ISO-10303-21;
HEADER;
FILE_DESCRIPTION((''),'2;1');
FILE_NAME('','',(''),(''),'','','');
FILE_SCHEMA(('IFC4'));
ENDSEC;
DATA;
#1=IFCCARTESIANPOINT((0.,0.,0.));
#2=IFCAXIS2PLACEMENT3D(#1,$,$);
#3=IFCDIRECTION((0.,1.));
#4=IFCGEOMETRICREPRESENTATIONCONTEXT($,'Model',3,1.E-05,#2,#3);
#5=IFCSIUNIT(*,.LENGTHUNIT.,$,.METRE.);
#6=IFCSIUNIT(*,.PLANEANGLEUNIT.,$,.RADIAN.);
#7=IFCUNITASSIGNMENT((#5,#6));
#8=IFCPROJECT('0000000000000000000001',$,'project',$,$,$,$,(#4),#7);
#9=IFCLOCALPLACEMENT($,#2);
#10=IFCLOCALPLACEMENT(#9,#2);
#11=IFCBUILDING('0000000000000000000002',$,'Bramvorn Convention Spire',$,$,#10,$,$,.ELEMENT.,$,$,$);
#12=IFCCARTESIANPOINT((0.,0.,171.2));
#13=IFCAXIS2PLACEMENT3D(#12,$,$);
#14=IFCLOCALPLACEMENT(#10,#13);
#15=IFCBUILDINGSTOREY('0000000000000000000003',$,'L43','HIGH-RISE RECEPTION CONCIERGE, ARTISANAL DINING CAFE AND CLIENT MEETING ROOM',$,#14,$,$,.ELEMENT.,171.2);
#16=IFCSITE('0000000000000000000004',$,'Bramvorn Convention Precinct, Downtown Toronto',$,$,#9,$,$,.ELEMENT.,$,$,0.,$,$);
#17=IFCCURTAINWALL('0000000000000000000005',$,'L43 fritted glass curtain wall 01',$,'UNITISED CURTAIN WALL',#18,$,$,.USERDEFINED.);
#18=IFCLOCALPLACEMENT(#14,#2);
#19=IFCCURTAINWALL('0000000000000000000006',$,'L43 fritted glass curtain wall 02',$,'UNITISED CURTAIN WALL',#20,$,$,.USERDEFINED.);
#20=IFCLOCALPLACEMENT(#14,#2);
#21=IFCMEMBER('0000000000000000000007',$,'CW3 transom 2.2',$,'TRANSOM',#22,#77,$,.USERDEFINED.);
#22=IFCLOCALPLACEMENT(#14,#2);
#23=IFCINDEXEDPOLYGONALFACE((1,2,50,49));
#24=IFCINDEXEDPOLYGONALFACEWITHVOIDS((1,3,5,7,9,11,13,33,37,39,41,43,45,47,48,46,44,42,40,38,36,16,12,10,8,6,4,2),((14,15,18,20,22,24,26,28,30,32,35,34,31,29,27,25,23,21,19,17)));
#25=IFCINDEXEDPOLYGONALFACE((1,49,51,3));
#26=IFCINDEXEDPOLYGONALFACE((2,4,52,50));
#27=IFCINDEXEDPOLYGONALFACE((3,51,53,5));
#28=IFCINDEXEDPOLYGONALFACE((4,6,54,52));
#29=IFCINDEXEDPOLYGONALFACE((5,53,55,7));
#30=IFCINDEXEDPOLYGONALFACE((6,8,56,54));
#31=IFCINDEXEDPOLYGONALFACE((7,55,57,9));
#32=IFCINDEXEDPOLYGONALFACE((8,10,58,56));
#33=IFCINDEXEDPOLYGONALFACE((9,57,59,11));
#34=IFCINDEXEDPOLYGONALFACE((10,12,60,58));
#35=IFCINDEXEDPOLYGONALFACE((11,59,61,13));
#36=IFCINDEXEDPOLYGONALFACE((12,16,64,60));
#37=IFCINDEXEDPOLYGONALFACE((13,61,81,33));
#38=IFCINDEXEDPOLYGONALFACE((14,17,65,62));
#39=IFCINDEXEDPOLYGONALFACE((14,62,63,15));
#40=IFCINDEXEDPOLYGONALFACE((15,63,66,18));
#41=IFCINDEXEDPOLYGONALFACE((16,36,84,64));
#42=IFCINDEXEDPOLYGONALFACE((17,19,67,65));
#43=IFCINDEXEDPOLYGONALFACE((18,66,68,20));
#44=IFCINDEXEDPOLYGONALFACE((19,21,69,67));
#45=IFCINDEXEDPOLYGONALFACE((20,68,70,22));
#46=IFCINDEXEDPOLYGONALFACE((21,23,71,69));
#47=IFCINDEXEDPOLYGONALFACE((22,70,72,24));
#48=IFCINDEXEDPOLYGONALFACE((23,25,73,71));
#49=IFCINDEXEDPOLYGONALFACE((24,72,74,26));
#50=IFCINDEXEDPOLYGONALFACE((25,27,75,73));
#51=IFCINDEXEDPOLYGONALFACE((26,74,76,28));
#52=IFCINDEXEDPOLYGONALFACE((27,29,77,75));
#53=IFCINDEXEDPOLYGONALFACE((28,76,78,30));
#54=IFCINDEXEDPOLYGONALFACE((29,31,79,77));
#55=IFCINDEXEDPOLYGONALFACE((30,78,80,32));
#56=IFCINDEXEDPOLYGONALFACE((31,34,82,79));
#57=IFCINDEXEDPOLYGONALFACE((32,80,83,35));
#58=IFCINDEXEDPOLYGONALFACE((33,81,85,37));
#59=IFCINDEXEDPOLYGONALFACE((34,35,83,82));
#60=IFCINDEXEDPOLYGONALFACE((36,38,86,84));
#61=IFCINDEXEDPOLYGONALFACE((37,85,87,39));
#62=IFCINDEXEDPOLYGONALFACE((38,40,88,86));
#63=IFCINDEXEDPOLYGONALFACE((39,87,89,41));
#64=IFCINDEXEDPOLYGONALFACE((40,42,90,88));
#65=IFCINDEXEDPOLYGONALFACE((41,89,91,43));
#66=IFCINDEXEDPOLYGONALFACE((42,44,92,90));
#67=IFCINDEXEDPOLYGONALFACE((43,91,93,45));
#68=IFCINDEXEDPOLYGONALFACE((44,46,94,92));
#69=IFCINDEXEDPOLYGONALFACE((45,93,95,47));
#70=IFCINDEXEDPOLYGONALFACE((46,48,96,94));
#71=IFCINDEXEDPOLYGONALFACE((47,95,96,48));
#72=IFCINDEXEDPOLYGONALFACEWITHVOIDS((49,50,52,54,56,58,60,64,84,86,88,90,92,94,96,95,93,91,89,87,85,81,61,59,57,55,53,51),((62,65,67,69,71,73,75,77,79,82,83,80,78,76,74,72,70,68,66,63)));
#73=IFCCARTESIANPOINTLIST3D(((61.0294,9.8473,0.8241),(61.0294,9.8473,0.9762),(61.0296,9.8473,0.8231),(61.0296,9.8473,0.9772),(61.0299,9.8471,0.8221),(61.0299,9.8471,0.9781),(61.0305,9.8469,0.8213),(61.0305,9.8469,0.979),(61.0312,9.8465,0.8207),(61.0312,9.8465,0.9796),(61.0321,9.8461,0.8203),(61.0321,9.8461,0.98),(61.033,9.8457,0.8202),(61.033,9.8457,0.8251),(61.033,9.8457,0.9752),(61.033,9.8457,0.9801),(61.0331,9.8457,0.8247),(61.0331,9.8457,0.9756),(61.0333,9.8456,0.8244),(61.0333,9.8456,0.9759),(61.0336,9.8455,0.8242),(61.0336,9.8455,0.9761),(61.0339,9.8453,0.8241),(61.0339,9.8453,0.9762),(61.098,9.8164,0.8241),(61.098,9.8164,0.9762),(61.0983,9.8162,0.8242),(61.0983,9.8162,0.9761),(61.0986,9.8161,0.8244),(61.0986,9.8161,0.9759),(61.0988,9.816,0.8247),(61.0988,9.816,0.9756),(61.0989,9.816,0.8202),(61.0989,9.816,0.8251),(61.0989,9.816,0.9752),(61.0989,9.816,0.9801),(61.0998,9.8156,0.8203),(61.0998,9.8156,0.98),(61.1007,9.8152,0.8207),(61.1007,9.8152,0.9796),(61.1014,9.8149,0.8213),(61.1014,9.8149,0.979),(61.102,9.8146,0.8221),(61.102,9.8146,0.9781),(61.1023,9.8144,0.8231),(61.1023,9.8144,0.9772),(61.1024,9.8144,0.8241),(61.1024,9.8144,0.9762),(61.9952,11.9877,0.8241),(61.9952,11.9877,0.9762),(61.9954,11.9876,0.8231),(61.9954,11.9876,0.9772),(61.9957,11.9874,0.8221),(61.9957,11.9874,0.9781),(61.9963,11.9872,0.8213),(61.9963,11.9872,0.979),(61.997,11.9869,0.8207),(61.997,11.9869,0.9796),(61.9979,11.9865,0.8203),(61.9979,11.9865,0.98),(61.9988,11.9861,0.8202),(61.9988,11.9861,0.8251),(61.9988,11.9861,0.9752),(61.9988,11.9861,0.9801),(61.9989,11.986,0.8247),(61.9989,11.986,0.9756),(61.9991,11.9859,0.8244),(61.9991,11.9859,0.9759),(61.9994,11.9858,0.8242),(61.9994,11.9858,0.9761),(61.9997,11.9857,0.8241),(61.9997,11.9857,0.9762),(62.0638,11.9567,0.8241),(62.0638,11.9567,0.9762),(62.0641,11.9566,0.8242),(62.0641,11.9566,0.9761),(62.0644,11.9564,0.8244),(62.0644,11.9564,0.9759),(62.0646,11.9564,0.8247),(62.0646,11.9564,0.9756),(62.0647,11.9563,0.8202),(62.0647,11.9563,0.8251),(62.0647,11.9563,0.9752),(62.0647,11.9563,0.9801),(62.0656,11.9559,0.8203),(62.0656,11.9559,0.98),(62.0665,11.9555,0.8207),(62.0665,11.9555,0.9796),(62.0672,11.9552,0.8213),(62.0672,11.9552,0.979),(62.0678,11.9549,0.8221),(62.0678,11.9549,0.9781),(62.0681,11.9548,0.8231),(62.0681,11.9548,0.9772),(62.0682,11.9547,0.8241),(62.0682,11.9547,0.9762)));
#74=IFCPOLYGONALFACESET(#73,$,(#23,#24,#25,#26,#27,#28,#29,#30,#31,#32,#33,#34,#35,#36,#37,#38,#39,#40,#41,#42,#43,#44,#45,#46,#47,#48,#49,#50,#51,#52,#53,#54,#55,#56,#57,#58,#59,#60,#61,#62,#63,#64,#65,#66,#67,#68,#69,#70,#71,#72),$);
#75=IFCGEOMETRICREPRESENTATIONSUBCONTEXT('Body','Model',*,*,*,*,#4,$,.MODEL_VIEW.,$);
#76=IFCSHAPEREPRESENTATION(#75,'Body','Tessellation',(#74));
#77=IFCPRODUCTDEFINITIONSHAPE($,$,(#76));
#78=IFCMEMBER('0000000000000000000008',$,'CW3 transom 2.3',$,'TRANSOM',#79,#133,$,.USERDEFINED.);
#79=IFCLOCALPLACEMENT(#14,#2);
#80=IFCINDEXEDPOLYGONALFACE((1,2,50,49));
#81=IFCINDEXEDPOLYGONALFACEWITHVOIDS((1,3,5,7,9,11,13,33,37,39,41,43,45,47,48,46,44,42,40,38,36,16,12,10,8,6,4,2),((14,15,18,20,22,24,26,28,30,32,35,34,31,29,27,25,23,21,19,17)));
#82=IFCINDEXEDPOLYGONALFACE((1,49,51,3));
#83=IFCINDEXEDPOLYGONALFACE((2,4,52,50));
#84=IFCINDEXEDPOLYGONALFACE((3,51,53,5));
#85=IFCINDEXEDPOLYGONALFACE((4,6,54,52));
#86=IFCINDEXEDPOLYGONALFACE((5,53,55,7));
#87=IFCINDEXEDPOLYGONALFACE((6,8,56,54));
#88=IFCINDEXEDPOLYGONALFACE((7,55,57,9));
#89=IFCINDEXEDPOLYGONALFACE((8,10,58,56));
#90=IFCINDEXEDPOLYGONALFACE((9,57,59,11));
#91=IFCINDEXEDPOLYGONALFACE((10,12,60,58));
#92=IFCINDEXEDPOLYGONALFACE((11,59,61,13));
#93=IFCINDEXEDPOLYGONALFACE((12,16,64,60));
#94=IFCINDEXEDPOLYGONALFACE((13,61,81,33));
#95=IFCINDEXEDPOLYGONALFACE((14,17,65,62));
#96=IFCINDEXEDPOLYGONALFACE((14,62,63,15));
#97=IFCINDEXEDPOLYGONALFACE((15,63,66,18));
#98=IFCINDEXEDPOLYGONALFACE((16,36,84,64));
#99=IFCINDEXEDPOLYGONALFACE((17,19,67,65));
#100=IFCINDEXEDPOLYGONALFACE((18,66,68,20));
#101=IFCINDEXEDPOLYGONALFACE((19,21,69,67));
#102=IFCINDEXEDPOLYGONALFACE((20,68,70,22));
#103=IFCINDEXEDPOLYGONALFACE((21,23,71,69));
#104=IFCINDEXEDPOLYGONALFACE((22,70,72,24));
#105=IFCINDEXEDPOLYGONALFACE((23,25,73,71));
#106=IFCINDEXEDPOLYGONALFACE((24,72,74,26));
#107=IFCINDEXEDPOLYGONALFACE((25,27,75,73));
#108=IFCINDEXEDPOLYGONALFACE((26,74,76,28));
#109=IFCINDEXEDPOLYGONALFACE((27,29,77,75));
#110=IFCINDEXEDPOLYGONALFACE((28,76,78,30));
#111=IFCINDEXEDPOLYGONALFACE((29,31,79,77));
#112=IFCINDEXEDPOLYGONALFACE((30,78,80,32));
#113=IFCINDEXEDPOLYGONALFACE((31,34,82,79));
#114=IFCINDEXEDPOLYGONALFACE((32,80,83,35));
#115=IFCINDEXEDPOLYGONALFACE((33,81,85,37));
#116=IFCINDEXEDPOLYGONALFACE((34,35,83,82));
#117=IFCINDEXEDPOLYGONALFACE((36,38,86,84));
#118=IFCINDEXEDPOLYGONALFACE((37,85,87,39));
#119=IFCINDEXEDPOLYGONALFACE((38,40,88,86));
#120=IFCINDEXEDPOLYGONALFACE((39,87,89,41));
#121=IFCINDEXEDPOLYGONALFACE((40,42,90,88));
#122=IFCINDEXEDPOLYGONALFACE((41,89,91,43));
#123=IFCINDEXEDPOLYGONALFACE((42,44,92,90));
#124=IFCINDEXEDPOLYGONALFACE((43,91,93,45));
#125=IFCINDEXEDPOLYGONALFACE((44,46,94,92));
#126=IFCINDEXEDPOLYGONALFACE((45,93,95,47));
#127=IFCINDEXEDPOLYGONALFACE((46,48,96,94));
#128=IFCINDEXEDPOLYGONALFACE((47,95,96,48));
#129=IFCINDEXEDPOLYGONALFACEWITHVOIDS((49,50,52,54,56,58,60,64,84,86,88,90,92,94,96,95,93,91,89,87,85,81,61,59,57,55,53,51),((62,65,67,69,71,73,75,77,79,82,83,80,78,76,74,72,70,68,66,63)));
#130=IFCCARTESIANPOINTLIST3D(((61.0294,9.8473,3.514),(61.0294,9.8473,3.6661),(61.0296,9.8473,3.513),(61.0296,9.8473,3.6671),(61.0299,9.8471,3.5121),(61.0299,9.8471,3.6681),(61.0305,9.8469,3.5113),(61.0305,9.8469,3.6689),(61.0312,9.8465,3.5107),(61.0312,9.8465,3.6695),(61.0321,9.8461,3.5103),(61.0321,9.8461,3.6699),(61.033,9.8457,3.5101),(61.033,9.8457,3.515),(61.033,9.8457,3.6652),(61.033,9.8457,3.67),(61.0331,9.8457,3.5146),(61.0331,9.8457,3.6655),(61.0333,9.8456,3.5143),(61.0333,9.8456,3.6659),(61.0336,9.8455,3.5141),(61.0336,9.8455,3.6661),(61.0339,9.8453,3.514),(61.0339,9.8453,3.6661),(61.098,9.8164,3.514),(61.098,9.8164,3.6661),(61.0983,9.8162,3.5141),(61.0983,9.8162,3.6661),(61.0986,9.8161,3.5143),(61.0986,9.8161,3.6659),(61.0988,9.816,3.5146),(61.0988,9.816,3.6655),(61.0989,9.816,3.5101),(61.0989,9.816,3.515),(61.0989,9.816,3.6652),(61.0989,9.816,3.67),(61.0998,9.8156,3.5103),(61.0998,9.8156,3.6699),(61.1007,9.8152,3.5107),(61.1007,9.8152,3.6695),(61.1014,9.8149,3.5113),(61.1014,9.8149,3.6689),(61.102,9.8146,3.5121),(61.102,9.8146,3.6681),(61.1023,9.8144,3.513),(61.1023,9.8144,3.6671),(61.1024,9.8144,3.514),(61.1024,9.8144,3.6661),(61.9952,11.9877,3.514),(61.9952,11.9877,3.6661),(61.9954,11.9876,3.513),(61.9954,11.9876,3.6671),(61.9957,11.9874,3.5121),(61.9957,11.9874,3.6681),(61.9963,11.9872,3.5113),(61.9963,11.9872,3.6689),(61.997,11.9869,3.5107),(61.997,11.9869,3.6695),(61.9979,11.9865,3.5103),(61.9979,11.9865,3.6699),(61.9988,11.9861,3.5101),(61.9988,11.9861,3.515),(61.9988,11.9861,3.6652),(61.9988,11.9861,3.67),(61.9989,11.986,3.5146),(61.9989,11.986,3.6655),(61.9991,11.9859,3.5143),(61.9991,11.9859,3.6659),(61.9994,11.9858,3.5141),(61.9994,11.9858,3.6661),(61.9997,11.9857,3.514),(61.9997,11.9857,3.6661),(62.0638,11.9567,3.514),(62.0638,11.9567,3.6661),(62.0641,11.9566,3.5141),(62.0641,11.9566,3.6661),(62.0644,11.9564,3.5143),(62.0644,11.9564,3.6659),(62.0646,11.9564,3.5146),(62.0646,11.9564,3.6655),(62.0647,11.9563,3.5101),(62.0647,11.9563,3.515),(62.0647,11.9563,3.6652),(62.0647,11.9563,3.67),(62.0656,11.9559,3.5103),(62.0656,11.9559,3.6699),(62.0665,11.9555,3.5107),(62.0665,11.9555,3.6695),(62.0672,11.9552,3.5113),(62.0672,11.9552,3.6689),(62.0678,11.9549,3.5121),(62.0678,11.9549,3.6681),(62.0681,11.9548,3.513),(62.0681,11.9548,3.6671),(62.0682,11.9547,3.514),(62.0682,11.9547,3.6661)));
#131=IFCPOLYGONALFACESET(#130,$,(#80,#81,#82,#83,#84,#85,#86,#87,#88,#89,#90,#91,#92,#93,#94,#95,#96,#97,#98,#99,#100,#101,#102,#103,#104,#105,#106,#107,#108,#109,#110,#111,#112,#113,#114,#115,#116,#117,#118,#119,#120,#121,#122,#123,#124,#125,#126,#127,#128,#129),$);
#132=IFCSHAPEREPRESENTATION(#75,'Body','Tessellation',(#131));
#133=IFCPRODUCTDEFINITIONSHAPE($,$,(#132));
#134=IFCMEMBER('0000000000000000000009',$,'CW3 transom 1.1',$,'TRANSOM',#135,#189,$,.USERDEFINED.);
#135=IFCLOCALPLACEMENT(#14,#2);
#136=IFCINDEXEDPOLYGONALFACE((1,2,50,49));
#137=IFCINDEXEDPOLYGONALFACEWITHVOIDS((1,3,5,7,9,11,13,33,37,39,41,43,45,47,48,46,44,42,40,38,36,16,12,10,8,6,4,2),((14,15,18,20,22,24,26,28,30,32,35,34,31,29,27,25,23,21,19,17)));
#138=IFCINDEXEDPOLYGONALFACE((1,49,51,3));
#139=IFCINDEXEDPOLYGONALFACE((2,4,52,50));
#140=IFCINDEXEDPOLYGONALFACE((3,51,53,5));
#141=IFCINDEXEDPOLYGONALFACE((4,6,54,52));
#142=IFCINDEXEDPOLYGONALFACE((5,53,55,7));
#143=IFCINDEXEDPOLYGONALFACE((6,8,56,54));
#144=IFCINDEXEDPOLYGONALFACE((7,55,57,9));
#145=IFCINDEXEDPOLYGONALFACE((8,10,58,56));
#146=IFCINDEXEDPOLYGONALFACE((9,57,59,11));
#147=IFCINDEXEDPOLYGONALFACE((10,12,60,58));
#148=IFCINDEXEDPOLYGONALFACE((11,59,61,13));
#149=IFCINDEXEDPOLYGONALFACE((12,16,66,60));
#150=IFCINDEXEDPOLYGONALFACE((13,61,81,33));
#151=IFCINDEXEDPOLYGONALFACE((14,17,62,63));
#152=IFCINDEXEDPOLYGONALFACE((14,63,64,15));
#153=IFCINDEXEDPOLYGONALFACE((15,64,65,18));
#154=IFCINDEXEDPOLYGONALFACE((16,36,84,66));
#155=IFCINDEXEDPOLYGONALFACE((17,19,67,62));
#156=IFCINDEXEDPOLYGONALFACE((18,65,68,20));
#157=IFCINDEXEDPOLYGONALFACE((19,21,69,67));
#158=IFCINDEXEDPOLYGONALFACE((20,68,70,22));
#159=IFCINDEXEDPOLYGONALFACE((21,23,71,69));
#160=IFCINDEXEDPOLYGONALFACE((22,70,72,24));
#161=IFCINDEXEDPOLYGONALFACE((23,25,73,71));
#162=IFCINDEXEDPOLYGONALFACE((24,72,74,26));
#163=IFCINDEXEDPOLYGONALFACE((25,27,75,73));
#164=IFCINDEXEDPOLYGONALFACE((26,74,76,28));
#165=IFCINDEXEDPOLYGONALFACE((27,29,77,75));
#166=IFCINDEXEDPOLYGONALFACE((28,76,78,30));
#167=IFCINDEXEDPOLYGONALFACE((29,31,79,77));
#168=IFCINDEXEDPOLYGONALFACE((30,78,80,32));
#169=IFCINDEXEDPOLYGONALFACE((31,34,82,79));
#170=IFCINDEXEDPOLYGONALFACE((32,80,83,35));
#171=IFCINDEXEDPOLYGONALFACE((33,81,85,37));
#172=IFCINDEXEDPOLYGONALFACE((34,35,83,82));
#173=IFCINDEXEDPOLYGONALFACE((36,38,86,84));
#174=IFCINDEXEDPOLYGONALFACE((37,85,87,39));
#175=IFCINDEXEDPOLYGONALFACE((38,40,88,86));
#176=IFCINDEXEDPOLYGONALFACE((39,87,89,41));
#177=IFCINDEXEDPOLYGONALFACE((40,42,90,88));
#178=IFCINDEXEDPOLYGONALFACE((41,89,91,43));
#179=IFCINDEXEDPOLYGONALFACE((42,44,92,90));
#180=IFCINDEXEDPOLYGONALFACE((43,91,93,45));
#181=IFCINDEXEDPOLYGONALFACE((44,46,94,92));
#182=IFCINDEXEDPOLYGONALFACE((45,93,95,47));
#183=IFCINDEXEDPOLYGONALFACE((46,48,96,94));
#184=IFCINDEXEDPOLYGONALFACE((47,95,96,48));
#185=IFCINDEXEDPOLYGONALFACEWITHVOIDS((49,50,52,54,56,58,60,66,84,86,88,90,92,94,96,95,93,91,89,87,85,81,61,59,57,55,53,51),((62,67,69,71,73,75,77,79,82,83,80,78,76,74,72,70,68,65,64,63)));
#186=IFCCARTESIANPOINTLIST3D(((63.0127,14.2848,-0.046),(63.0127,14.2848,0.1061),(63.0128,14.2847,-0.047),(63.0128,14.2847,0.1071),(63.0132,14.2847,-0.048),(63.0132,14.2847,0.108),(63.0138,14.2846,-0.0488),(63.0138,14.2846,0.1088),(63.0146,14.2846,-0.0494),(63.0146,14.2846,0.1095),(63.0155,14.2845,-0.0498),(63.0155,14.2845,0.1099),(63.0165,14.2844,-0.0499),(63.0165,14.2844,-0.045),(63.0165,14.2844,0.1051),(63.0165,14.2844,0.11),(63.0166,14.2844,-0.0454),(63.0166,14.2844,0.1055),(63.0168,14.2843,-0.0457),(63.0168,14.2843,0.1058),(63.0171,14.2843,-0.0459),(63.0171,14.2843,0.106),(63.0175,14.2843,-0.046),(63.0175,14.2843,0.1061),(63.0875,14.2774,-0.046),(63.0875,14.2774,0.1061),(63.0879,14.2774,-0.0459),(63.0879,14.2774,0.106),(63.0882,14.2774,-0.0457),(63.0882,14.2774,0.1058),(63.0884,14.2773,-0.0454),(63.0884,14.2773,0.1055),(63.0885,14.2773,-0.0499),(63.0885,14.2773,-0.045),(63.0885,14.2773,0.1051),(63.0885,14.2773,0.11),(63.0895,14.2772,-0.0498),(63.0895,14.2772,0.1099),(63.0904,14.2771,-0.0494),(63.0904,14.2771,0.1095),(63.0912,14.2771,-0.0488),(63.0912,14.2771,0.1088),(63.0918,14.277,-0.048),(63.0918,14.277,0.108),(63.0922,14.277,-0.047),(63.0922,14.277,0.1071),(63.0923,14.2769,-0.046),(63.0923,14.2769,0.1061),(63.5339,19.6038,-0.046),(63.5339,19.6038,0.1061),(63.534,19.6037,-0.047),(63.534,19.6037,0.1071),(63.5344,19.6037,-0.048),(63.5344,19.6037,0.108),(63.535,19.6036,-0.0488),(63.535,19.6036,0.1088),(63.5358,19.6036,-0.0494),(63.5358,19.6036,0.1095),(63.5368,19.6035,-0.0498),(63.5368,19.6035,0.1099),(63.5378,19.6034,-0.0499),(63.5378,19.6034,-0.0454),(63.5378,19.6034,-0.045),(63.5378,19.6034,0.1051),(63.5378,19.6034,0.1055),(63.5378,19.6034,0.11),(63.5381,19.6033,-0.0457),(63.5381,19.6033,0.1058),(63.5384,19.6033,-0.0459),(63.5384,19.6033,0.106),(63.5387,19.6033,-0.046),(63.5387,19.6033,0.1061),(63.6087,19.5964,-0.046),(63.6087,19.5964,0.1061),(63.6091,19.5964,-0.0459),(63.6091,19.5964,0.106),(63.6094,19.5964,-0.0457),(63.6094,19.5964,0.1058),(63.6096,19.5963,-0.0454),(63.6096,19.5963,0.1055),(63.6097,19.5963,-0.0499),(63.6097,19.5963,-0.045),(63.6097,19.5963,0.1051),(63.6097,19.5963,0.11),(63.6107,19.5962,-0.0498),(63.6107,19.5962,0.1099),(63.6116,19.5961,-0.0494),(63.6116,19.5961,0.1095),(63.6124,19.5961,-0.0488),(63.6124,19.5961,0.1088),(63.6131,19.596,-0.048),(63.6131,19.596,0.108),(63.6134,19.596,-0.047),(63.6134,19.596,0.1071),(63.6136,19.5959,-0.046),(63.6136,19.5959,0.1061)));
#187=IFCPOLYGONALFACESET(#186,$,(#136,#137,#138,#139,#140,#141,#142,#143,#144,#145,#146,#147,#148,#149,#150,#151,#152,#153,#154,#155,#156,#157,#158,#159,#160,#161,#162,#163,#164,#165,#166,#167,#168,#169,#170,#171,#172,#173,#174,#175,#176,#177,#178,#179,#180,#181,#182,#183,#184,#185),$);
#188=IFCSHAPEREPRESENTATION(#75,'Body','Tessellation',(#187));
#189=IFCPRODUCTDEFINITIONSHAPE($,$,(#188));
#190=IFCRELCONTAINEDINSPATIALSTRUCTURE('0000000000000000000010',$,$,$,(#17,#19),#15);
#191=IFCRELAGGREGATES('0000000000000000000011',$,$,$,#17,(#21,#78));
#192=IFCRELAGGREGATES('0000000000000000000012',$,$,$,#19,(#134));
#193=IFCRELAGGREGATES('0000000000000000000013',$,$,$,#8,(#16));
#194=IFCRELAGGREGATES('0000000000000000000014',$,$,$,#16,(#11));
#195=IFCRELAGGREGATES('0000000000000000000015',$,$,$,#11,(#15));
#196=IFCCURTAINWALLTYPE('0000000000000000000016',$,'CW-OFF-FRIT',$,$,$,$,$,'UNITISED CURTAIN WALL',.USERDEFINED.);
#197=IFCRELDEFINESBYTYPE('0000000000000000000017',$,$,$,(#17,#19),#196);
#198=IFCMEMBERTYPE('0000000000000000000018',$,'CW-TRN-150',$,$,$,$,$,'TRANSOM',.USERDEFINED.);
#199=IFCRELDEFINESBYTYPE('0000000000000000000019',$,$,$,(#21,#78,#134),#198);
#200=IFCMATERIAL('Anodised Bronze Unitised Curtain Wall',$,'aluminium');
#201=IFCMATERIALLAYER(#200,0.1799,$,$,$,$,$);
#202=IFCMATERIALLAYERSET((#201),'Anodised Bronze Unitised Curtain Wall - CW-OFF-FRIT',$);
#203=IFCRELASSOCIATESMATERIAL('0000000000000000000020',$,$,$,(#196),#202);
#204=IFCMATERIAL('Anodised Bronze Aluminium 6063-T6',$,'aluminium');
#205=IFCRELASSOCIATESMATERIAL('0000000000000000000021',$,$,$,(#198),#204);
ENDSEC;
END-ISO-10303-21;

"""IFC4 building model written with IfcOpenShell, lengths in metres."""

from ifc_helpers import new_model, si_unit, direction, frame, origin, origin_2d, place, context, subcontext, project, spatial, hollow_rectangle, extrude, material, layer, layer_set, material_profile, profile_set, type_object, element, aggregate, save


model = new_model("IFC4")

# Units and contexts
model_context = context("Model", 3, precision=1e-05, world=origin(), true_north=direction((0.0, 1.0)))
body_context = subcontext(model_context, "Body", "Model", "MODEL_VIEW")
ifc_project = project(units=[si_unit("LENGTHUNIT", "METRE"), si_unit("PLANEANGLEUNIT", "RADIAN")], contexts=[model_context])

# Site, building, storey
site_placement = place(None, origin())
site = spatial("IfcSite", under=ifc_project, at=site_placement, Name="Bramvorn Convention Precinct, Downtown Toronto", CompositionType="ELEMENT", RefElevation=0.0)
building_placement = place(site_placement, origin())
building = spatial("IfcBuilding", under=site, at=building_placement, Name="Bramvorn Convention Spire", CompositionType="ELEMENT")
storey_placement = place(building_placement, frame((0.0, 0.0, 171.2)))
storey = spatial("IfcBuildingStorey", under=building, at=storey_placement, Name="L43", Description="HIGH-RISE RECEPTION CONCIERGE, ARTISANAL DINING CAFE AND CLIENT MEETING ROOM", CompositionType="ELEMENT", Elevation=171.2)

# Curtain walls
ifc_material_1 = material(Name="Anodised Bronze Unitised Curtain Wall", Category="aluminium")
ifc_layer_1 = layer(ifc_material_1, 0.1799)
ifc_layer_set_1 = layer_set([ifc_layer_1], Name="Anodised Bronze Unitised Curtain Wall - CW-OFF-FRIT")
curtain_wall_type = type_object("IfcCurtainWallType", Name="CW-OFF-FRIT", ElementType="UNITISED CURTAIN WALL", PredefinedType="USERDEFINED", material=ifc_layer_set_1)
curtain_wall_1_placement = place(storey_placement, origin())
curtain_wall_1 = element("IfcCurtainWall", 1, at=curtain_wall_1_placement, inside=storey, type_object=curtain_wall_type, Name="L43 fritted glass curtain wall 01", ObjectType="UNITISED CURTAIN WALL", PredefinedType="USERDEFINED")
ifc_material_2 = material(Name="Anodised Bronze Aluminium 6063-T6", Category="aluminium")
curtain_wall_2_placement = place(storey_placement, origin())
curtain_wall_2 = element("IfcCurtainWall", 2, at=curtain_wall_2_placement, inside=storey, type_object=curtain_wall_type, Name="L43 fritted glass curtain wall 02", ObjectType="UNITISED CURTAIN WALL", PredefinedType="USERDEFINED")

# Members
ifc_material_profile_1 = material_profile(ifc_material_2, hollow_rectangle(XDim=0.0801, YDim=0.1599, WallThickness=0.0039, InnerFilletRadius=0.001, OuterFilletRadius=0.0039, at=origin_2d()))
ifc_profile_set_1 = profile_set([ifc_material_profile_1], Name="Anodised Bronze Aluminium 6063-T6 - CWT80X160")
member_type_1 = type_object("IfcMemberType", Name="CW-TRN-150", ElementType="TRANSOM", PredefinedType="USERDEFINED", material=ifc_profile_set_1)
member_1_placement = place(storey_placement, frame((62.0317, 11.9712, 0.9001), z_axis=(-0.411303, -0.911499, 0.0), x_axis=(0.911499, -0.411303, 0.0)))
member_1 = element("IfcMember", 3, at=member_1_placement, type_object=member_type_1, Name="CW3 transom 2.2", ObjectType="TRANSOM", PredefinedType="USERDEFINED", context=body_context, shape_type="SweptSolid", body=[
    extrude(hollow_rectangle(XDim=0.0801, YDim=0.1599, WallThickness=0.0039, InnerFilletRadius=0.001, OuterFilletRadius=0.0039, at=origin_2d()), origin(), (0.0, 0.0, 1.0), 2.3481),
])
member_2_placement = place(storey_placement, frame((62.0317, 11.9712, 3.5901), z_axis=(-0.411303, -0.911499, 0.0), x_axis=(0.911499, -0.411303, 0.0)))
member_2 = element("IfcMember", 4, at=member_2_placement, type_object=member_type_1, Name="CW3 transom 2.3", ObjectType="TRANSOM", PredefinedType="USERDEFINED", context=body_context, shape_type="SweptSolid", body=[
    extrude(hollow_rectangle(XDim=0.0801, YDim=0.1599, WallThickness=0.0039, InnerFilletRadius=0.001, OuterFilletRadius=0.0039, at=origin_2d()), origin(), (0.0, 0.0, 1.0), 2.3481),
])
member_3_placement = place(storey_placement, frame((63.5737, 19.5999, 0.03), z_axis=(-0.097527, -0.995233, 0.0), x_axis=(0.995233, -0.097527, 0.0)))
member_3 = element("IfcMember", 5, at=member_3_placement, type_object=member_type_1, Name="CW3 transom 1.1", ObjectType="TRANSOM", PredefinedType="USERDEFINED", context=body_context, shape_type="SweptSolid", body=[
    extrude(hollow_rectangle(XDim=0.0801, YDim=0.1599, WallThickness=0.0039, InnerFilletRadius=0.001, OuterFilletRadius=0.0039, at=origin_2d()), origin(), (0.0, 0.0, 1.0), 5.3445),
])

aggregate(curtain_wall_1, [member_1, member_2])
aggregate(curtain_wall_2, [member_3])

save(model, "model.ifc")
